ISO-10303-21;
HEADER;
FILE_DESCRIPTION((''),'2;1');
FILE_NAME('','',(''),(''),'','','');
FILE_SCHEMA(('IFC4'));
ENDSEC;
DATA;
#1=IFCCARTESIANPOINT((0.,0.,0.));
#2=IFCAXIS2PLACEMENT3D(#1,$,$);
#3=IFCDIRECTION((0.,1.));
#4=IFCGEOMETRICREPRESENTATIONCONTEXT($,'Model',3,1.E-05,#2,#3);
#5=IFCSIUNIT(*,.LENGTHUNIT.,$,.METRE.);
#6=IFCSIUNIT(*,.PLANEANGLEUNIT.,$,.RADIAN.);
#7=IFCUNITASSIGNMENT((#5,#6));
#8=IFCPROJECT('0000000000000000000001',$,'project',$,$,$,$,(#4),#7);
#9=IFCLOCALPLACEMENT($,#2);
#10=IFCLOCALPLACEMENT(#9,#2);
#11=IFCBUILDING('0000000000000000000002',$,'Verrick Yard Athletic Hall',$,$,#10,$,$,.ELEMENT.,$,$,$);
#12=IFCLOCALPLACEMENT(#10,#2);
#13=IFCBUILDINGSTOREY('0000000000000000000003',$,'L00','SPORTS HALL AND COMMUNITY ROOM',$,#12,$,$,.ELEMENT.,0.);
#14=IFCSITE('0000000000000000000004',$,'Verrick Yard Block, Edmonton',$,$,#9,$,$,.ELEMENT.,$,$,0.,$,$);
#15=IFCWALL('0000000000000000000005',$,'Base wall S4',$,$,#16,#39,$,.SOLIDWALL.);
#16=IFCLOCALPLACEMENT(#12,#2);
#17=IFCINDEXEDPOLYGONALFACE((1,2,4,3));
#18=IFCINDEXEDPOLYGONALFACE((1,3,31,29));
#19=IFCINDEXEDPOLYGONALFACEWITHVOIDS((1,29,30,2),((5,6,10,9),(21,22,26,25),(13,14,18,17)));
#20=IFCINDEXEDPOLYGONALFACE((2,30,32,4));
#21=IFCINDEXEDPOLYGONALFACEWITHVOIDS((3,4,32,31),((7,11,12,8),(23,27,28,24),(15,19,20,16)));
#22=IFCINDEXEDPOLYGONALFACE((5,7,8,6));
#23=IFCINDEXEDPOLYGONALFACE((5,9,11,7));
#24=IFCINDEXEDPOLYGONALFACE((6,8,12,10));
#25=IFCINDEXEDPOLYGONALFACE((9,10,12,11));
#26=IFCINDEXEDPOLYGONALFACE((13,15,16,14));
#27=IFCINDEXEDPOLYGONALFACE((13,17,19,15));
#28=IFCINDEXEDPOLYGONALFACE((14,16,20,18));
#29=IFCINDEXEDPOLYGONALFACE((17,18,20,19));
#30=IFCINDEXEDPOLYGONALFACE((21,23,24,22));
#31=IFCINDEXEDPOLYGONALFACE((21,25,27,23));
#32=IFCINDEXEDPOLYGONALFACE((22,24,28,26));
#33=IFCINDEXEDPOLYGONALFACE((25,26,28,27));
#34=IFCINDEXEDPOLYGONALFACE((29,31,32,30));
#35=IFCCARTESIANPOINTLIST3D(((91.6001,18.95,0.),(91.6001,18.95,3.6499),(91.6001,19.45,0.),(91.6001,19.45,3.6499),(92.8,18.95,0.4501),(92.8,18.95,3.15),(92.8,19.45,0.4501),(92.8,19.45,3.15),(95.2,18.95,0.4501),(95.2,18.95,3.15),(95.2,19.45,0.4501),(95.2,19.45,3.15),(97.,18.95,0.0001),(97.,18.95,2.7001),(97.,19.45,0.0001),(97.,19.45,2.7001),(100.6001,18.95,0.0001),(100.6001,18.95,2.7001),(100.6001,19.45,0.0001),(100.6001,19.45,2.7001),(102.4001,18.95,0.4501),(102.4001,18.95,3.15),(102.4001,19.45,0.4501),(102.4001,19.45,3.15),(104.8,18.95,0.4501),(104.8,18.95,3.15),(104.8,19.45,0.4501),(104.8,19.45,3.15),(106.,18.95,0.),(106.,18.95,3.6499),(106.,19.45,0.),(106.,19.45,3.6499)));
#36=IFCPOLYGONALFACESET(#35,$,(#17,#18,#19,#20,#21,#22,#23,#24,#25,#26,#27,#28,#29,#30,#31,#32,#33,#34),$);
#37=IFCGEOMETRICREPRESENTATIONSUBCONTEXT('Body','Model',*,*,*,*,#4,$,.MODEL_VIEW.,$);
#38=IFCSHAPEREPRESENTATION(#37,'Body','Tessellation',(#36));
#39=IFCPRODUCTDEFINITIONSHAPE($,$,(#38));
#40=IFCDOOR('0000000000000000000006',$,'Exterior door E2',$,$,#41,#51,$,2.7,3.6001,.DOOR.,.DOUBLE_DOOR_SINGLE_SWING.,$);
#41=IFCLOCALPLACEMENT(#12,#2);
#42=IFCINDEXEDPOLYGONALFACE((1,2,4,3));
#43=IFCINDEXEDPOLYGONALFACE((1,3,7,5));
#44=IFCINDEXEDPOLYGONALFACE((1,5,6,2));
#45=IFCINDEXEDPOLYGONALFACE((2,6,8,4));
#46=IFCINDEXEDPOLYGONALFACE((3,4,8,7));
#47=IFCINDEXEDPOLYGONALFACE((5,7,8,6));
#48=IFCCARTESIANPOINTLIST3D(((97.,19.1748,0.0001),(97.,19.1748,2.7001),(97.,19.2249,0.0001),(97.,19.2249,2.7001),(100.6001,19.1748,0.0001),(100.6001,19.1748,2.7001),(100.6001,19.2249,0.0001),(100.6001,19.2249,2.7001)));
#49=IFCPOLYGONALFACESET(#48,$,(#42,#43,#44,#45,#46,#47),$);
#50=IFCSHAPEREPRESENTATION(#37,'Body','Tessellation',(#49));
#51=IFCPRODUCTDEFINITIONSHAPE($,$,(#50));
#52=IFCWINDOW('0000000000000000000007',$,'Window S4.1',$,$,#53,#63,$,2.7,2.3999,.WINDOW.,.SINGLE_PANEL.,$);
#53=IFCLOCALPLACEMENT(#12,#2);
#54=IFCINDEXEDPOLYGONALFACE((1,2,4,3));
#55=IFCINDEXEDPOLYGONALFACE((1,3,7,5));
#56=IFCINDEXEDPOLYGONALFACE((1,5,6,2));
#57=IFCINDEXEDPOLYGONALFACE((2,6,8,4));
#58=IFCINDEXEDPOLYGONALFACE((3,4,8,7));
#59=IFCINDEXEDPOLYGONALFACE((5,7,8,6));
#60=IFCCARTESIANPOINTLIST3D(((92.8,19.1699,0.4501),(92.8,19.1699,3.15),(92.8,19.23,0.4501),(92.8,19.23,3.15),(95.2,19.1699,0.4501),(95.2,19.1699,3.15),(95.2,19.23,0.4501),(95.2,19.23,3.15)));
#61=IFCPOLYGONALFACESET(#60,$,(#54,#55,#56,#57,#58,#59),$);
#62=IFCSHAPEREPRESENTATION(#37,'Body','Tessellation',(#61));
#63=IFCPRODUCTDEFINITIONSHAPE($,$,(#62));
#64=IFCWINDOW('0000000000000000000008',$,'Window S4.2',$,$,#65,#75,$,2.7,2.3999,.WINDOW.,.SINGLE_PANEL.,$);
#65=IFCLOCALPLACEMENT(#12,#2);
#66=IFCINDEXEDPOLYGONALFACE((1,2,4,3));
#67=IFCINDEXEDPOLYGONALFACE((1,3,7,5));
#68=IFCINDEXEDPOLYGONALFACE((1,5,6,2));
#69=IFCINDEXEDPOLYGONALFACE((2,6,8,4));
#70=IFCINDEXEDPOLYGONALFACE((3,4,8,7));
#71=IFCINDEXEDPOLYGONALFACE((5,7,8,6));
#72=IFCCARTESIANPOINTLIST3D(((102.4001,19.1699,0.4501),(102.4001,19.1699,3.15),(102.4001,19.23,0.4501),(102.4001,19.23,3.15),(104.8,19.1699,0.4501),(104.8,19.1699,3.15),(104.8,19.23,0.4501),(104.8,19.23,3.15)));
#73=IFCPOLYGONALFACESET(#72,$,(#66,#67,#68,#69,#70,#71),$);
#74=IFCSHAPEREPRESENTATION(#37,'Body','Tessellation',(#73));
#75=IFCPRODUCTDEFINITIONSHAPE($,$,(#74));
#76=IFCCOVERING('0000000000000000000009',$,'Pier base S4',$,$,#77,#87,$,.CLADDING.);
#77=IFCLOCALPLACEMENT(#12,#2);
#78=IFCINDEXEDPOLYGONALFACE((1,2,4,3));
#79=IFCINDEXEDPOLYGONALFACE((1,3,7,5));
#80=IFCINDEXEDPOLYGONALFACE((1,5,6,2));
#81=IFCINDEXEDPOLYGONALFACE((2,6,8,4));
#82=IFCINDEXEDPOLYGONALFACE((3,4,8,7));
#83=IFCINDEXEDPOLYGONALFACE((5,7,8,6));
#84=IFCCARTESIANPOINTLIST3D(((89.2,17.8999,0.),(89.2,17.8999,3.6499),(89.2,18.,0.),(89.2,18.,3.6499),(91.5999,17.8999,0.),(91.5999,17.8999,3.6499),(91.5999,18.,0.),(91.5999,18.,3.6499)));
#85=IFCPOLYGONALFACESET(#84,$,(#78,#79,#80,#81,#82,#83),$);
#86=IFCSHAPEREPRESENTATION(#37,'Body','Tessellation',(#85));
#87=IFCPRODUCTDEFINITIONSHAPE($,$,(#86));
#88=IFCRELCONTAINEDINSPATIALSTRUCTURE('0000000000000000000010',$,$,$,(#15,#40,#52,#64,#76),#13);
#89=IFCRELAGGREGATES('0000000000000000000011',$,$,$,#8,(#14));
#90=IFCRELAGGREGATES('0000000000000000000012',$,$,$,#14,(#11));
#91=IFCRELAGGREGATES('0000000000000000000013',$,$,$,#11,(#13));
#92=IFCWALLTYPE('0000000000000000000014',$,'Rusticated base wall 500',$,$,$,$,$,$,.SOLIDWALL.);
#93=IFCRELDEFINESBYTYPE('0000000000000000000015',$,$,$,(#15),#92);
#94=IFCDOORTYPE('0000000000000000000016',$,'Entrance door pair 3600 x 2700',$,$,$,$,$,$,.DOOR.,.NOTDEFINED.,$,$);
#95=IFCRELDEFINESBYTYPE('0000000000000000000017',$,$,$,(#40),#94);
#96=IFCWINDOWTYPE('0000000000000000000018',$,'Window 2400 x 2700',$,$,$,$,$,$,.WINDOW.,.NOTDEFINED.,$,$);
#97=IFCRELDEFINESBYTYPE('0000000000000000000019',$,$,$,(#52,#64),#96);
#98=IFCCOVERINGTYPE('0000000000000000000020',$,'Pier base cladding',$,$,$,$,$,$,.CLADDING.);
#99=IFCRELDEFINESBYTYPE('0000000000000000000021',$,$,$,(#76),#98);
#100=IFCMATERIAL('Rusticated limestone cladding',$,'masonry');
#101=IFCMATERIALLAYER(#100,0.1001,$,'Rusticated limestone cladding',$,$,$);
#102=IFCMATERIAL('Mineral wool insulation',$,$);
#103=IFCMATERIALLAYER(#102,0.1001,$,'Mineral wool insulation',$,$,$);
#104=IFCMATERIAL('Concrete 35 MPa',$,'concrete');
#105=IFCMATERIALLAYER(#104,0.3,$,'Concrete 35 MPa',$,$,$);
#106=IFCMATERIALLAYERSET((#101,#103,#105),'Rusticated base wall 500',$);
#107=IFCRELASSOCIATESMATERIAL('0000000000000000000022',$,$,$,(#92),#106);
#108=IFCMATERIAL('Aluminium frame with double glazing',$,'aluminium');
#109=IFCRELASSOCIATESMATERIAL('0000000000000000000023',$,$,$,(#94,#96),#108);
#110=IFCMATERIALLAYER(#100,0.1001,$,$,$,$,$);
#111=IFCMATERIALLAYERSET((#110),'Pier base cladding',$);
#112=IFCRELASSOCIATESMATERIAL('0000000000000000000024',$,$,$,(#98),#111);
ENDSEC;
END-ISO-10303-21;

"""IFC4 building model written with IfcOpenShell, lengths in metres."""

from ifc_helpers import new_model, si_unit, direction, frame, frame_2d, origin, origin_2d, place, context, subcontext, project, spatial, rectangle, extrude, material, layer, layer_set, type_object, element, fill, save


model = new_model("IFC4")

# Units and contexts
model_context = context("Model", 3, precision=1e-05, world=origin(), true_north=direction((0.0, 1.0)))
body_context = subcontext(model_context, "Body", "Model", "MODEL_VIEW")
ifc_project = project(units=[si_unit("LENGTHUNIT", "METRE"), si_unit("PLANEANGLEUNIT", "RADIAN")], contexts=[model_context])

# Site, building, storey
site_placement = place(None, origin())
site = spatial("IfcSite", under=ifc_project, at=site_placement, Name="Verrick Yard Block, Edmonton", CompositionType="ELEMENT", RefElevation=0.0)
building_placement = place(site_placement, origin())
building = spatial("IfcBuilding", under=site, at=building_placement, Name="Verrick Yard Athletic Hall", CompositionType="ELEMENT")
storey_placement = place(building_placement, origin())
storey = spatial("IfcBuildingStorey", under=building, at=storey_placement, Name="L00", Description="SPORTS HALL AND COMMUNITY ROOM", CompositionType="ELEMENT", Elevation=0.0)

# Shared definitions
ifc_material_1 = material(Name="Concrete 35 MPa", Category="concrete")

# Shared definitions
ifc_material_2 = material(Name="Mineral wool insulation")

# Wall, openings, door, windows
ifc_material_3 = material(Name="Rusticated limestone cladding", Category="masonry")
ifc_layer_1 = layer(ifc_material_3, 0.1001, Name="Rusticated limestone cladding")
ifc_layer_2 = layer(ifc_material_2, 0.1001, Name="Mineral wool insulation")
ifc_layer_3 = layer(ifc_material_1, 0.3, Name="Concrete 35 MPa")
ifc_layer_set_1 = layer_set([ifc_layer_1, ifc_layer_2, ifc_layer_3], Name="Rusticated base wall 500")
wall_type_1 = type_object("IfcWallType", Name="Rusticated base wall 500", PredefinedType="SOLIDWALL", material=ifc_layer_set_1)
wall_1_placement = place(storey_placement, frame((91.6001, 19.2, 0.0), z_axis=(0.0, 0.0, 1.0), x_axis=(1.0, 0.0, 0.0)))
wall_1 = element("IfcWall", 1, at=wall_1_placement, inside=storey, type_object=wall_type_1, Name="Base wall S4", PredefinedType="SOLIDWALL", context=body_context, shape_type="SweptSolid", body=[
    extrude(rectangle(XDim=14.3999, YDim=0.5, at=frame_2d((7.2, 0.0))), origin(), (0.0, 0.0, 1.0), 3.6499),
])
opening_1_placement = place(wall_1_placement, frame((1.2, 0.0, 0.45)))
opening_1 = element("IfcOpeningElement", 2, at=opening_1_placement, cuts=wall_1, PredefinedType="OPENING", context=body_context, shape_type="SweptSolid", body=[
    extrude(rectangle(XDim=2.3999, YDim=2.7, at=frame_2d((1.2, 1.3501))), frame((0.0, 0.26, 0.0), z_axis=(0.0, -1.0, 0.0), x_axis=(1.0, 0.0, 0.0)), (0.0, 0.0, 1.0), 0.52),
])
opening_2_placement = place(wall_1_placement, frame((10.8, 0.0, 0.45)))
opening_2 = element("IfcOpeningElement", 3, at=opening_2_placement, cuts=wall_1, PredefinedType="OPENING", context=body_context, shape_type="SweptSolid", body=[
    extrude(rectangle(XDim=2.3999, YDim=2.7, at=frame_2d((1.2, 1.3501))), frame((0.0, 0.26, 0.0), z_axis=(0.0, -1.0, 0.0), x_axis=(1.0, 0.0, 0.0)), (0.0, 0.0, 1.0), 0.52),
])
opening_3_placement = place(wall_1_placement, frame((5.3999, 0.0, 0.0)))
opening_3 = element("IfcOpeningElement", 4, at=opening_3_placement, cuts=wall_1, PredefinedType="OPENING", context=body_context, shape_type="SweptSolid", body=[
    extrude(rectangle(XDim=3.6001, YDim=2.7, at=frame_2d((1.8, 1.3501))), frame((0.0, 0.26, 0.0), z_axis=(0.0, -1.0, 0.0), x_axis=(1.0, 0.0, 0.0)), (0.0, 0.0, 1.0), 0.52),
])
ifc_material_4 = material(Name="Aluminium frame with double glazing", Category="aluminium")
door_type_1 = type_object("IfcDoorType", Name="Entrance door pair 3600 x 2700", OperationType="NOTDEFINED", PredefinedType="DOOR", material=ifc_material_4)
door_1_placement = place(opening_3_placement, origin())
door_1 = element("IfcDoor", 5, at=door_1_placement, inside=storey, type_object=door_type_1, Name="Exterior door E2", OperationType="DOUBLE_DOOR_SINGLE_SWING", OverallHeight=2.7, OverallWidth=3.6001, PredefinedType="DOOR", context=body_context, shape_type="SweptSolid", body=[
    extrude(rectangle(XDim=3.6001, YDim=2.7, at=frame_2d((1.8, 1.3501))), frame((0.0, 0.0249, 0.0), z_axis=(0.0, -1.0, 0.0), x_axis=(1.0, 0.0, 0.0)), (0.0, 0.0, 1.0), 0.05),
])
fill(opening_3, door_1)
window_type = type_object("IfcWindowType", Name="Window 2400 x 2700", PartitioningType="NOTDEFINED", PredefinedType="WINDOW", material=ifc_material_4)
window_1_placement = place(opening_1_placement, origin())
window_1 = element("IfcWindow", 6, at=window_1_placement, inside=storey, type_object=window_type, Name="Window S4.1", OverallHeight=2.7, OverallWidth=2.3999, PartitioningType="SINGLE_PANEL", PredefinedType="WINDOW", context=body_context, shape_type="SweptSolid", body=[
    extrude(rectangle(XDim=2.3999, YDim=2.7, at=frame_2d((1.2, 1.3501))), frame((0.0, 0.03, 0.0), z_axis=(0.0, -1.0, 0.0), x_axis=(1.0, 0.0, 0.0)), (0.0, 0.0, 1.0), 0.0601),
])
fill(opening_1, window_1)
window_2_placement = place(opening_2_placement, origin())
window_2 = element("IfcWindow", 7, at=window_2_placement, inside=storey, type_object=window_type, Name="Window S4.2", OverallHeight=2.7, OverallWidth=2.3999, PartitioningType="SINGLE_PANEL", PredefinedType="WINDOW", context=body_context, shape_type="SweptSolid", body=[
    extrude(rectangle(XDim=2.3999, YDim=2.7, at=frame_2d((1.2, 1.3501))), frame((0.0, 0.03, 0.0), z_axis=(0.0, -1.0, 0.0), x_axis=(1.0, 0.0, 0.0)), (0.0, 0.0, 1.0), 0.0601),
])
fill(opening_2, window_2)

# Covering
ifc_layer_4 = layer(ifc_material_3, 0.1001)
ifc_layer_set_2 = layer_set([ifc_layer_4], Name="Pier base cladding")
covering_type = type_object("IfcCoveringType", Name="Pier base cladding", PredefinedType="CLADDING", material=ifc_layer_set_2)
covering_placement = place(storey_placement, frame((90.3999, 17.95, 0.0), z_axis=(0.0, 0.0, 1.0), x_axis=(1.0, 0.0, 0.0)))
element("IfcCovering", 8, at=covering_placement, inside=storey, type_object=covering_type, Name="Pier base S4", PredefinedType="CLADDING", context=body_context, shape_type="SweptSolid", body=[
    extrude(rectangle(XDim=2.3999, YDim=0.1001, at=origin_2d()), origin(), (0.0, 0.0, 1.0), 3.6499),
])

save(model, "model.ifc")
